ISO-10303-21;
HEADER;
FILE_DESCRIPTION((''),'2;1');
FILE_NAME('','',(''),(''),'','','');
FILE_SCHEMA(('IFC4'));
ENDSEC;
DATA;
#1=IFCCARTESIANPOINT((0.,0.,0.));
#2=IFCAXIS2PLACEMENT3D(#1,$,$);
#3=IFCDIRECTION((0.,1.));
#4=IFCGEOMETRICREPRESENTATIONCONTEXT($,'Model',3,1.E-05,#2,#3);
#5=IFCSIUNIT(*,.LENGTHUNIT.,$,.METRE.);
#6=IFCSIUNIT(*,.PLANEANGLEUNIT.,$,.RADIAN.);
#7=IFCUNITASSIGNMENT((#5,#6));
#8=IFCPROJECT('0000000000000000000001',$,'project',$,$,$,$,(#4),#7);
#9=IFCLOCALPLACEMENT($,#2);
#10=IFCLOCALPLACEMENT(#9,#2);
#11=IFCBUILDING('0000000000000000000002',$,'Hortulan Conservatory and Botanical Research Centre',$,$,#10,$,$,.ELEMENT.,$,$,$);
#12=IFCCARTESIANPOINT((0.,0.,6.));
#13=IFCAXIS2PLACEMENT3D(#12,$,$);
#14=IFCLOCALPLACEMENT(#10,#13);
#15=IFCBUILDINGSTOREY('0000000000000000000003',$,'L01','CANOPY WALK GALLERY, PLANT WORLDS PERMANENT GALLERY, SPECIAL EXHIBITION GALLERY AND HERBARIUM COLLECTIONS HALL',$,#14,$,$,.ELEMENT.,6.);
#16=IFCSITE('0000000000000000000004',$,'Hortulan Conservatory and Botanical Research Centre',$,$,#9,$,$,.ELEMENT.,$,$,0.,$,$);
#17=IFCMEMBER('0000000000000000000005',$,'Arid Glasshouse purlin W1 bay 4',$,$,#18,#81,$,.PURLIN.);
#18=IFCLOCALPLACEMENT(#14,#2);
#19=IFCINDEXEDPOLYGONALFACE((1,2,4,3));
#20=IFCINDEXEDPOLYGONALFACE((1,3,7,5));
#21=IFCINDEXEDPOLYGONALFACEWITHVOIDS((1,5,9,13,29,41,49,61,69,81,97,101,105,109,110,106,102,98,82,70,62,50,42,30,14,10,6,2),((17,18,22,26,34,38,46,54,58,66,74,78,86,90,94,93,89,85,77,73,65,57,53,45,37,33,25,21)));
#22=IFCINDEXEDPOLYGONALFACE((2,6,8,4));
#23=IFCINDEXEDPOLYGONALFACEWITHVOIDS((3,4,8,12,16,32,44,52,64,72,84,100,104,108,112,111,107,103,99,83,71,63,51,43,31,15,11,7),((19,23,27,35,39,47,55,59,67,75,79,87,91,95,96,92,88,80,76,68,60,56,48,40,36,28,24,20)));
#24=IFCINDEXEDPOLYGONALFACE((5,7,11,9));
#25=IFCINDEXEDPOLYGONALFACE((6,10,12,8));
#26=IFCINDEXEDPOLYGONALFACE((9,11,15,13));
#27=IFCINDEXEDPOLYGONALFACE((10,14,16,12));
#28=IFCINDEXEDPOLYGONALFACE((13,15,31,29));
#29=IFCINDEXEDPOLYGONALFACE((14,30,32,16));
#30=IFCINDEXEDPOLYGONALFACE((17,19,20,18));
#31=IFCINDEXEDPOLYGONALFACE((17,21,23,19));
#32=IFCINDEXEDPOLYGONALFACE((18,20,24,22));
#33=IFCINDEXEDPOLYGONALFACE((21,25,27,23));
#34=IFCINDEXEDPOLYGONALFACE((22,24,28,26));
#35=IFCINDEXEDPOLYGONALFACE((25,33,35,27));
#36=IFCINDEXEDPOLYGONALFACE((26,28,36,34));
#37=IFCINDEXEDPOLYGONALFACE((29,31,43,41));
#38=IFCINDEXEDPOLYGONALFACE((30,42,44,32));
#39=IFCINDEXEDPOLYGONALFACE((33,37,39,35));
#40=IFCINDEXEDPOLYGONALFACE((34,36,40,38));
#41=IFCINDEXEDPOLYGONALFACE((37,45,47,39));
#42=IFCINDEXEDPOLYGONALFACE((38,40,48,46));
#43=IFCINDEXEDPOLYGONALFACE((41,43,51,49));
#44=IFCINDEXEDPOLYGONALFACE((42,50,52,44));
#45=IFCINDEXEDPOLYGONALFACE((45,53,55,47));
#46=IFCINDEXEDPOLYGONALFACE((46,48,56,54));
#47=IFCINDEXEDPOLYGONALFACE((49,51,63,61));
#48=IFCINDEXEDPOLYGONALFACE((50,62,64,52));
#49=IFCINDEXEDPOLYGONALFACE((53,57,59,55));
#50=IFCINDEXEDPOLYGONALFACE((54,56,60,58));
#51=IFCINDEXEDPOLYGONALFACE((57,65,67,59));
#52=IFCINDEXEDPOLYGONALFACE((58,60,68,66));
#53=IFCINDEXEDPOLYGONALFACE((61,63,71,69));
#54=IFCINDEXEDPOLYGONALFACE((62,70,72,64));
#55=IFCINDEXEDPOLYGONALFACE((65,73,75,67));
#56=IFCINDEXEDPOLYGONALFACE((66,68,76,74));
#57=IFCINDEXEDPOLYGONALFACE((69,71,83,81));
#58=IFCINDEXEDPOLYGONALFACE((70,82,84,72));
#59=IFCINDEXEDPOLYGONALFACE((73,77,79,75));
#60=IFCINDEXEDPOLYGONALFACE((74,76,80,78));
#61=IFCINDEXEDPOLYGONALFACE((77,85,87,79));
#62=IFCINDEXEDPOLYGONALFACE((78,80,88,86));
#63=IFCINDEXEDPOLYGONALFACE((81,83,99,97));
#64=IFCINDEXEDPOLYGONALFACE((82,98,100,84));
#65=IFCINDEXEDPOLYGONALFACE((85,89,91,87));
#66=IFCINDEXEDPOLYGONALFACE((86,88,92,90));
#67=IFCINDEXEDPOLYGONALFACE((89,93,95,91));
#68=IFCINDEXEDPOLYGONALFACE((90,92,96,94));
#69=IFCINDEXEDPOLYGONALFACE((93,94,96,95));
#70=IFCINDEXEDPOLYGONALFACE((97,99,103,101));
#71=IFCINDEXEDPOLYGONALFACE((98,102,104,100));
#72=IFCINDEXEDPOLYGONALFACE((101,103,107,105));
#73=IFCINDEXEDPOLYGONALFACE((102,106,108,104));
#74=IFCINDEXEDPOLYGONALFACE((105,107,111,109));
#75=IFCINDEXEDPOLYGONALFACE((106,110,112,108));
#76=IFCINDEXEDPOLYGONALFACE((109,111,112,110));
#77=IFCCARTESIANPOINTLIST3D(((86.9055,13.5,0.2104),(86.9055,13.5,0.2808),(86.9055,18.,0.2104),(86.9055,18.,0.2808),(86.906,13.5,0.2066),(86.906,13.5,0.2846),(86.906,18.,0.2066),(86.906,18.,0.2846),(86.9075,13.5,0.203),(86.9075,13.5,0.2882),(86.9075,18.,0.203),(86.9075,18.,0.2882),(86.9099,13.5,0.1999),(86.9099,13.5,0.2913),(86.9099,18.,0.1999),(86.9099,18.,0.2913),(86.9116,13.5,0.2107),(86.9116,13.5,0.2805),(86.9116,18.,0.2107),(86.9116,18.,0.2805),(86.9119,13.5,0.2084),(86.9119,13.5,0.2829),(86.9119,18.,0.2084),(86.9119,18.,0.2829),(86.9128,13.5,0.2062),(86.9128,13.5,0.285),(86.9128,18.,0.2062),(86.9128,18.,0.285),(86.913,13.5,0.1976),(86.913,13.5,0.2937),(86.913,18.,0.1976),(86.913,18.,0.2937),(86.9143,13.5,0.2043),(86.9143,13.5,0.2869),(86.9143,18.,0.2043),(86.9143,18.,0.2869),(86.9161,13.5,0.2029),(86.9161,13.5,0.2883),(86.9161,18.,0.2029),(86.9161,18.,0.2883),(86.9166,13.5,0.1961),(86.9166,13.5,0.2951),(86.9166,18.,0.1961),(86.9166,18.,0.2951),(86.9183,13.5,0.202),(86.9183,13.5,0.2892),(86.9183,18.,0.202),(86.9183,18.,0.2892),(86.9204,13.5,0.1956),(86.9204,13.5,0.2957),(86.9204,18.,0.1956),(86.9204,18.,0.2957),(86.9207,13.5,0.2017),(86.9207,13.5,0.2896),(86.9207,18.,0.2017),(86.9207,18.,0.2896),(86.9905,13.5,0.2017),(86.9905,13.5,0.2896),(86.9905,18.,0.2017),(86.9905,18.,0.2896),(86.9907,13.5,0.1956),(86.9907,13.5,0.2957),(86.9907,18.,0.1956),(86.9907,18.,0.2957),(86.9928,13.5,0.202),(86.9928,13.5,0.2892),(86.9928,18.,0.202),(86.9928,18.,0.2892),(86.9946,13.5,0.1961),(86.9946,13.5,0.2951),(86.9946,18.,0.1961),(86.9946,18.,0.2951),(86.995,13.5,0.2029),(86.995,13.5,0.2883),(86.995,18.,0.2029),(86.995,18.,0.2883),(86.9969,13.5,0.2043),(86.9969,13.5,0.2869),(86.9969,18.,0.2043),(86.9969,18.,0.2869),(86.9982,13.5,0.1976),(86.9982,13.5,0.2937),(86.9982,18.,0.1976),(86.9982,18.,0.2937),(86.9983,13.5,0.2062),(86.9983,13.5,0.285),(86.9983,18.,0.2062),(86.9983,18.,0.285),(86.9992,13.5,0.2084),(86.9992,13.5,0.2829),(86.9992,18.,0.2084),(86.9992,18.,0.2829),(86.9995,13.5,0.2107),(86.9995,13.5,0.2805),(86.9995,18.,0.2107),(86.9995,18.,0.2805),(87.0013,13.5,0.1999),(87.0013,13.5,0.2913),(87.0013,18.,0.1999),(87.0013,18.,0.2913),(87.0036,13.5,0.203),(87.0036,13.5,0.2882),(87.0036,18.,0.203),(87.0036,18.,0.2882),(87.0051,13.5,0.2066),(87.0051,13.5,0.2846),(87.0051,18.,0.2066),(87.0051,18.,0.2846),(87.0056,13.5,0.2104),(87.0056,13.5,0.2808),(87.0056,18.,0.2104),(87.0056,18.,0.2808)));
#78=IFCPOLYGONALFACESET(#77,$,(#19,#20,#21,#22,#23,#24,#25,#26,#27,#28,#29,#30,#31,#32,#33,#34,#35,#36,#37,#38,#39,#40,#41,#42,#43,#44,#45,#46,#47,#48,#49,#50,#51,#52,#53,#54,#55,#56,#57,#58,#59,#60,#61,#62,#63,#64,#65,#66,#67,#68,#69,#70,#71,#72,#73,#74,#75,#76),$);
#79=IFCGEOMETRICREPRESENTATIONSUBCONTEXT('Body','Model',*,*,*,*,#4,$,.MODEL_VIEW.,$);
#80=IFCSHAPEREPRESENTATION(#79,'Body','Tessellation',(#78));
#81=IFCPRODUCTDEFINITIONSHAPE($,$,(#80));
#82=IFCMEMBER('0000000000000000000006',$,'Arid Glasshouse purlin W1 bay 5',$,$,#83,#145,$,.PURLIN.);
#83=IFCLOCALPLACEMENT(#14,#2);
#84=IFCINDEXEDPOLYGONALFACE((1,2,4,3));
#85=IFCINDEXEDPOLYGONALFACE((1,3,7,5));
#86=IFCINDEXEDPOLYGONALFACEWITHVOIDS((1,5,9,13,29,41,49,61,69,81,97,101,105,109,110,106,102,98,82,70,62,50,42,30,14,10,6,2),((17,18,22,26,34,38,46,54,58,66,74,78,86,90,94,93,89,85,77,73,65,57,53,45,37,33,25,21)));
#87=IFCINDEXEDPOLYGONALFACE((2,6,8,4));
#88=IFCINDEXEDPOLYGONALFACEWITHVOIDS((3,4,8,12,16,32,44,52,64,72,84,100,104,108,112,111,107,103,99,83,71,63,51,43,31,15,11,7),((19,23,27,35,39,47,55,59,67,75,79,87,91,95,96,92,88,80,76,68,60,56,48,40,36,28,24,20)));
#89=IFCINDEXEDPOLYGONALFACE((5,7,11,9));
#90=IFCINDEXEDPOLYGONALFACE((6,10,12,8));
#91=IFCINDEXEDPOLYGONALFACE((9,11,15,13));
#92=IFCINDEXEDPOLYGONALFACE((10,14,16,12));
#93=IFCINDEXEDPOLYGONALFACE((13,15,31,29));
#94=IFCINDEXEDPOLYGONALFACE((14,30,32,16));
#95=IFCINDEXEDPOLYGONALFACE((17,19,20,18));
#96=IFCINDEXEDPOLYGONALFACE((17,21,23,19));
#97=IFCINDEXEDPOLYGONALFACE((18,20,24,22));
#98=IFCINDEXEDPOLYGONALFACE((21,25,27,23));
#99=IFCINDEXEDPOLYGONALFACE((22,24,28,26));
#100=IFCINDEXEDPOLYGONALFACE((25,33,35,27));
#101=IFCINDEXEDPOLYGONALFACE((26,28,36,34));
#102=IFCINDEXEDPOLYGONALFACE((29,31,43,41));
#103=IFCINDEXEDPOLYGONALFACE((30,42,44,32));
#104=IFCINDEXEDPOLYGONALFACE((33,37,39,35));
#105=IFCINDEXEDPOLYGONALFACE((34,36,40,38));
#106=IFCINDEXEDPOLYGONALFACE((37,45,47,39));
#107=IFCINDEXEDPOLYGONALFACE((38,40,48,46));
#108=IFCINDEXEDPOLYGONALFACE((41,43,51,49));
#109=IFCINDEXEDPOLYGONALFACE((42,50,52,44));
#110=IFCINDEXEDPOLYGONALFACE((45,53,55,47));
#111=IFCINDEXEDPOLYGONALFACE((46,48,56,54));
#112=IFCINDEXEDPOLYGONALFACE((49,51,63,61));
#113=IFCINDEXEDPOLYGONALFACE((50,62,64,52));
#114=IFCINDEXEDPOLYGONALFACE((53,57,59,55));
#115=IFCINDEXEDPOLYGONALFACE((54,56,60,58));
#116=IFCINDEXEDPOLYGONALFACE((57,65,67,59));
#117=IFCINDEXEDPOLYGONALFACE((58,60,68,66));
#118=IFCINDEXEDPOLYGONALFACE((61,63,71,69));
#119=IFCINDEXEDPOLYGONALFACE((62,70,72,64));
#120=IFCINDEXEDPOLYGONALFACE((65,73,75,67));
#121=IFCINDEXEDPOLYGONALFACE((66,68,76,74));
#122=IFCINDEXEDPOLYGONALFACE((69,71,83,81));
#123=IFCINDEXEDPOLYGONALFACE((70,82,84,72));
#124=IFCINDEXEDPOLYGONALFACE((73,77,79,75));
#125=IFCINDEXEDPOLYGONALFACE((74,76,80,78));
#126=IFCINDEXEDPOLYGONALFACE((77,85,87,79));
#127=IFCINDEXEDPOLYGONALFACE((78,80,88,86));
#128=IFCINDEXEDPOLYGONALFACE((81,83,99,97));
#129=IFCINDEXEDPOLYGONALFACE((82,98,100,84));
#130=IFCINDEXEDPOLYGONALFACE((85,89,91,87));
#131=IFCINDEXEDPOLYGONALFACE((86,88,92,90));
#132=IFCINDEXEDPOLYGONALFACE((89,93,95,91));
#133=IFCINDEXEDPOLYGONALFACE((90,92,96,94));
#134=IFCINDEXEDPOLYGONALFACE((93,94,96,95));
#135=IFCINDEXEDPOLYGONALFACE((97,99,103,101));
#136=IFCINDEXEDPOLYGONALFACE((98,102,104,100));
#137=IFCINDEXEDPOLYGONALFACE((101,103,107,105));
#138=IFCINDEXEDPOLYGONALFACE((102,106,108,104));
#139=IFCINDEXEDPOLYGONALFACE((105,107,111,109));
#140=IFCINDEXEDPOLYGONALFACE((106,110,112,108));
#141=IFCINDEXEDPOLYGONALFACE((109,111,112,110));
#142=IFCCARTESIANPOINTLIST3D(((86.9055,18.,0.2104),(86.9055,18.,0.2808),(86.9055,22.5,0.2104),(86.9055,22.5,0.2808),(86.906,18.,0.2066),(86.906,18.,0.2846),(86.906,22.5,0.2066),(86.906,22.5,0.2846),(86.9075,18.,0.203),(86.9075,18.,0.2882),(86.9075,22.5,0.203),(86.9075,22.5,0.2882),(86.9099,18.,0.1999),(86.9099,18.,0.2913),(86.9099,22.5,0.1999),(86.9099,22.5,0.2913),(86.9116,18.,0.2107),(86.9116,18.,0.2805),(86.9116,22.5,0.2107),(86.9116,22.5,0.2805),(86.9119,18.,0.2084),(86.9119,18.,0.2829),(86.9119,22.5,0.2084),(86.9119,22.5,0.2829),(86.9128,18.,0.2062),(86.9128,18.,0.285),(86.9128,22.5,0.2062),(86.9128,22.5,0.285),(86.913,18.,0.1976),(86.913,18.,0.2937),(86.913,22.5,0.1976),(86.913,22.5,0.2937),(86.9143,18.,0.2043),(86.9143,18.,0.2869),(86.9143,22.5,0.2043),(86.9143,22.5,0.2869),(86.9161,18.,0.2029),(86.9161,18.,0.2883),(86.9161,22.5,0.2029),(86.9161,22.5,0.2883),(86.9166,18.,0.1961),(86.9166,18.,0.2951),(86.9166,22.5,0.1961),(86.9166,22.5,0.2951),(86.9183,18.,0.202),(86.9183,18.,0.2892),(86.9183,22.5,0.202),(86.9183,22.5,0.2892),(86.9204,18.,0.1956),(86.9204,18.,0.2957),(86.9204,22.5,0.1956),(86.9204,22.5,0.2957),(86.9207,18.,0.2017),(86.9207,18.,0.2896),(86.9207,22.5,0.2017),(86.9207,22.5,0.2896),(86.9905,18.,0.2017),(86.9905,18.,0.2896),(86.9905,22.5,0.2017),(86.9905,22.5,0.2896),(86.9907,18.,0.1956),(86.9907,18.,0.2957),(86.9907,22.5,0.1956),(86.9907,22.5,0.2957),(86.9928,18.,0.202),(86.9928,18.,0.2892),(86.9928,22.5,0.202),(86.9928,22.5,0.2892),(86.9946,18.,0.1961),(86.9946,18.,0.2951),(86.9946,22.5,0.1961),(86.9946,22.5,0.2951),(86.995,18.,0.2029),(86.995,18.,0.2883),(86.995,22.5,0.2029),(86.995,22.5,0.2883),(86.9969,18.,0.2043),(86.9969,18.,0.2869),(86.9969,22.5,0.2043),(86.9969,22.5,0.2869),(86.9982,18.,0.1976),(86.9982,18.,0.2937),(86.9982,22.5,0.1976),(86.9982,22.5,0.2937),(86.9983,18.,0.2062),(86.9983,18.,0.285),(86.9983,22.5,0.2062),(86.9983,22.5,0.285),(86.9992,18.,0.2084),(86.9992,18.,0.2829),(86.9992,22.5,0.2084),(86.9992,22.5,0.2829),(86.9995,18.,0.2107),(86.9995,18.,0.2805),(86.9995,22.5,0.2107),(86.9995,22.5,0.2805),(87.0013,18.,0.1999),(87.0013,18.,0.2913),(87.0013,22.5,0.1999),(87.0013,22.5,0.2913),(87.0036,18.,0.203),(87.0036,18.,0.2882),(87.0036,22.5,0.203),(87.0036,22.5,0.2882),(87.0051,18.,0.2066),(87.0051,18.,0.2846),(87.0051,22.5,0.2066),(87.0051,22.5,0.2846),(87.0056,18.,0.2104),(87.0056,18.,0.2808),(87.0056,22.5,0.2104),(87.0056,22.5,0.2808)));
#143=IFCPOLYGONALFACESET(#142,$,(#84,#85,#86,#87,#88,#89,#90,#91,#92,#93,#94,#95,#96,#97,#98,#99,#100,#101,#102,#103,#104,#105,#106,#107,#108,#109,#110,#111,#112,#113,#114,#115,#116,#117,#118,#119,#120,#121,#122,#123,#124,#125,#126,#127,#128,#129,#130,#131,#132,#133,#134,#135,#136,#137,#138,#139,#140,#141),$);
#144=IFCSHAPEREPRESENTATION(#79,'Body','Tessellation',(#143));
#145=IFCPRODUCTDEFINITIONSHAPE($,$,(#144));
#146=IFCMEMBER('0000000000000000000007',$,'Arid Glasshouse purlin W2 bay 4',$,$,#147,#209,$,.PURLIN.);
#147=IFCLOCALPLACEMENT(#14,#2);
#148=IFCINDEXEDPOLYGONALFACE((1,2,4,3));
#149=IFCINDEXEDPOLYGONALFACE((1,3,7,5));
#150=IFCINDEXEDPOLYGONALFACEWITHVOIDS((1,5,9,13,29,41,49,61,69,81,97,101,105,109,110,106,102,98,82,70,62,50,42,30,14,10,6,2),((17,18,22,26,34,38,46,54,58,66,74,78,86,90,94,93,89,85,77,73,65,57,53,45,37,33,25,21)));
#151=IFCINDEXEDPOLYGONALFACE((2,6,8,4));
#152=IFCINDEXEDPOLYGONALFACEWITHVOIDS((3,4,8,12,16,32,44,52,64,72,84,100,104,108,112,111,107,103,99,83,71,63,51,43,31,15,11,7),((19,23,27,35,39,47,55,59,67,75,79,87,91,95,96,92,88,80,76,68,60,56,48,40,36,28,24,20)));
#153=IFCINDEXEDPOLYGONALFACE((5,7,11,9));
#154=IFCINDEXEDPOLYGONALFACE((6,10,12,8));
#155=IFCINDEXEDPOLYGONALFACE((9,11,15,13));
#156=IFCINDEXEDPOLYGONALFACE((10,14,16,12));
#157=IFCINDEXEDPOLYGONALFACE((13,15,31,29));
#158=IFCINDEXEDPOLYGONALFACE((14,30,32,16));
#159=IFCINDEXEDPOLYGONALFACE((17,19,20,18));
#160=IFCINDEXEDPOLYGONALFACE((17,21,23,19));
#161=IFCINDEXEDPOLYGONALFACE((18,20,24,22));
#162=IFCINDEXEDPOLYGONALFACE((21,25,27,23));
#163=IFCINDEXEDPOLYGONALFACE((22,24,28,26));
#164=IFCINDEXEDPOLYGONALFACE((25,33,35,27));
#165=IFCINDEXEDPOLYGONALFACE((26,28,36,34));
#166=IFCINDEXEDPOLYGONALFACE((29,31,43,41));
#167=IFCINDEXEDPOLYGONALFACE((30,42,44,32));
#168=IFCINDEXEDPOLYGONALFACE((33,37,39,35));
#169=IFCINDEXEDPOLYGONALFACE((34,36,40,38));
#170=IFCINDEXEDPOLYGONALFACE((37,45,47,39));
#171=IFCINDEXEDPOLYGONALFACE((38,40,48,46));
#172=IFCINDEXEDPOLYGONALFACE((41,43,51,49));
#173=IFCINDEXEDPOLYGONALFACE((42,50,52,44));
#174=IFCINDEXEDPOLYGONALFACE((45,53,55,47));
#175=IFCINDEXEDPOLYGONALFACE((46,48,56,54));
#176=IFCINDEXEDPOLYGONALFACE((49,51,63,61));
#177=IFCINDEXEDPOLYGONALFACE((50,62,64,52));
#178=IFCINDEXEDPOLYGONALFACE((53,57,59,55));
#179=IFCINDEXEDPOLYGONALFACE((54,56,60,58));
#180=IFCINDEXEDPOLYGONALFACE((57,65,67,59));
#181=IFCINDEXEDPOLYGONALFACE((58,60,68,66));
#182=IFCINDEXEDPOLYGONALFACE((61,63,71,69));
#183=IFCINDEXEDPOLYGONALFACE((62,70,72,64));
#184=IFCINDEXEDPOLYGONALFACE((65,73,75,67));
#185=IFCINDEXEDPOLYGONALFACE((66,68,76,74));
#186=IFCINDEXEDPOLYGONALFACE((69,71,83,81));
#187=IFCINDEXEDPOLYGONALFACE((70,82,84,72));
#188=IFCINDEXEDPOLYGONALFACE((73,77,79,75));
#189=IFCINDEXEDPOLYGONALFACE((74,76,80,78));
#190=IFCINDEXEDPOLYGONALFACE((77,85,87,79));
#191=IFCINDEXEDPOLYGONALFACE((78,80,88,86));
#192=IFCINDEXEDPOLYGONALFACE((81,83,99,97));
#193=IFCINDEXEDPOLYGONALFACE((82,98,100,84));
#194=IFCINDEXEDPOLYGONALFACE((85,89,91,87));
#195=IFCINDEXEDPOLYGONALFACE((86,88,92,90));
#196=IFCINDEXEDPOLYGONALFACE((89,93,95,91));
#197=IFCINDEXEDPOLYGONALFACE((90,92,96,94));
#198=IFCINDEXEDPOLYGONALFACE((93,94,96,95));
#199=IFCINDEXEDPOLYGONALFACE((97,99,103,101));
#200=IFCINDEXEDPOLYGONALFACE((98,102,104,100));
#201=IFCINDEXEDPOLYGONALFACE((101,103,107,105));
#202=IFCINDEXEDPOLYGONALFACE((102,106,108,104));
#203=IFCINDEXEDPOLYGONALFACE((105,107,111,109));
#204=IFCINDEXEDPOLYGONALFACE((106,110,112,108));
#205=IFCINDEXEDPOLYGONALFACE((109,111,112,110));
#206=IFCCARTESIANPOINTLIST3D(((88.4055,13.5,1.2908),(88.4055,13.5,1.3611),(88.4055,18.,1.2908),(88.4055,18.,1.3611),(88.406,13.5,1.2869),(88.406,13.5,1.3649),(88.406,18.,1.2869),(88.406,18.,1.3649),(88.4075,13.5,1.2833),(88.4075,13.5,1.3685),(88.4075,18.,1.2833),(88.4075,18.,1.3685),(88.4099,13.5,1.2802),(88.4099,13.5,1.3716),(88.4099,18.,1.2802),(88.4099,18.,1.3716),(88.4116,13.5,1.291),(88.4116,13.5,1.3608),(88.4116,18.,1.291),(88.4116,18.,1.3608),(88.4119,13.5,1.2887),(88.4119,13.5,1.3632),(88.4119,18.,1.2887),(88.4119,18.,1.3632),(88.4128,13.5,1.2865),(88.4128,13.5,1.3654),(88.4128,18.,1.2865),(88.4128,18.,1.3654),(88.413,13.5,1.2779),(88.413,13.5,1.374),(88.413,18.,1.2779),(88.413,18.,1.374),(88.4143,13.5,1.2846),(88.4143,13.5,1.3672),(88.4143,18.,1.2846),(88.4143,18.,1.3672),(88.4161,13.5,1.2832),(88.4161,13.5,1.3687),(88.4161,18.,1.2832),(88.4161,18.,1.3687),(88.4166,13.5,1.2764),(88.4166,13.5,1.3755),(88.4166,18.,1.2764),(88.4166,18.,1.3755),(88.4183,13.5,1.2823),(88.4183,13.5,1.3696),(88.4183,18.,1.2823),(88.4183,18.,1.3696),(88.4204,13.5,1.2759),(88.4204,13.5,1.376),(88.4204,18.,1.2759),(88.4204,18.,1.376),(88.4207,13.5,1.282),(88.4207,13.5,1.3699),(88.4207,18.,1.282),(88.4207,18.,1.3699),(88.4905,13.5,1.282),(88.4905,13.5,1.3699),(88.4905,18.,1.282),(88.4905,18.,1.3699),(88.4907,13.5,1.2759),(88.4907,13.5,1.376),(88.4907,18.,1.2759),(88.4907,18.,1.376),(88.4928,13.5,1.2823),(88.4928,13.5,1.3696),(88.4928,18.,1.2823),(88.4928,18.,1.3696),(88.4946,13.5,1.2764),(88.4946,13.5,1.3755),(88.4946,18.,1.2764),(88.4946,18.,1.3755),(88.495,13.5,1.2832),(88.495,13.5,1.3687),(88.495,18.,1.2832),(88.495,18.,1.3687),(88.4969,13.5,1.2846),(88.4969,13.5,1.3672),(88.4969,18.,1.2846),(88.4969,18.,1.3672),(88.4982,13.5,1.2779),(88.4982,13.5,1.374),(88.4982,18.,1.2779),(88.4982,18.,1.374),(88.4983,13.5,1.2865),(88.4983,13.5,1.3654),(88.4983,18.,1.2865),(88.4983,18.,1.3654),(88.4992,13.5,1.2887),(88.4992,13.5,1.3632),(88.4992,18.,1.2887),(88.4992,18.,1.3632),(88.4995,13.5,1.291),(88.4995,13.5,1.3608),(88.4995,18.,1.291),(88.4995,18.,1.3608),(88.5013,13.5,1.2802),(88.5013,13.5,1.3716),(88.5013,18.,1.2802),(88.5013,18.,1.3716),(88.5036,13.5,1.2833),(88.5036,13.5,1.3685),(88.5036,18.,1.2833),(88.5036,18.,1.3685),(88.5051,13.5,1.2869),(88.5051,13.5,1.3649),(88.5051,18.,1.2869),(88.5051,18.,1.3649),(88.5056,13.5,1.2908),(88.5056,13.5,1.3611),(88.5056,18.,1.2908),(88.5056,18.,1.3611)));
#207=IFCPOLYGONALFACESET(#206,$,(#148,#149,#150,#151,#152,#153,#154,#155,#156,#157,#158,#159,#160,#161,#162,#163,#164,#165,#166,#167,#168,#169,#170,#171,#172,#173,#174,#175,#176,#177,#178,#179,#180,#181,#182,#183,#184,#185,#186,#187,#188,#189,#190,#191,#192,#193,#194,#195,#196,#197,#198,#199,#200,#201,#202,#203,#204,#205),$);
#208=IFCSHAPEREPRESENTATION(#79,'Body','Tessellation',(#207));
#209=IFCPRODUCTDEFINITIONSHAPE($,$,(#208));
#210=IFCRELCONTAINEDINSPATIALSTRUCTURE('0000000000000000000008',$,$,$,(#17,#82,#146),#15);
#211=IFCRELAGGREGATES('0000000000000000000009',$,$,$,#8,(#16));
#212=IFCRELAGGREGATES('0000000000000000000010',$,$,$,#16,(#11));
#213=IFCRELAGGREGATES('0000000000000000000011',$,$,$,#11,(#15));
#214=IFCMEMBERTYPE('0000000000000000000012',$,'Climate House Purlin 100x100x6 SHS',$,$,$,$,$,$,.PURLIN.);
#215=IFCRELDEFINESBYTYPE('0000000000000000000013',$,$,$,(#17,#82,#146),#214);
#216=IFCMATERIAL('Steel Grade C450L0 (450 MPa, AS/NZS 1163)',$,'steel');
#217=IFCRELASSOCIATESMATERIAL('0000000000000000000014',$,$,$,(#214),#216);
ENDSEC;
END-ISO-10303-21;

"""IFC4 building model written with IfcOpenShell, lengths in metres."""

from ifc_helpers import new_model, si_unit, direction, frame, origin, origin_2d, place, context, subcontext, project, spatial, hollow_rectangle, extrude, material, material_profile, profile_set, type_object, element, save


model = new_model("IFC4")

# Units and contexts
model_context = context("Model", 3, precision=1e-05, world=origin(), true_north=direction((0.0, 1.0)))
body_context = subcontext(model_context, "Body", "Model", "MODEL_VIEW")
ifc_project = project(units=[si_unit("LENGTHUNIT", "METRE"), si_unit("PLANEANGLEUNIT", "RADIAN")], contexts=[model_context])

# Site, building, storey
site_placement = place(None, origin())
site = spatial("IfcSite", under=ifc_project, at=site_placement, Name="Hortulan Conservatory and Botanical Research Centre", CompositionType="ELEMENT", RefElevation=0.0)
building_placement = place(site_placement, origin())
building = spatial("IfcBuilding", under=site, at=building_placement, Name="Hortulan Conservatory and Botanical Research Centre", CompositionType="ELEMENT")
storey_placement = place(building_placement, frame((0.0, 0.0, 6.0)))
storey = spatial("IfcBuildingStorey", under=building, at=storey_placement, Name="L01", Description="CANOPY WALK GALLERY, PLANT WORLDS PERMANENT GALLERY, SPECIAL EXHIBITION GALLERY AND HERBARIUM COLLECTIONS HALL", CompositionType="ELEMENT", Elevation=6.0)

# Members
ifc_material_1 = material(Name="Steel Grade C450L0 (450 MPa, AS/NZS 1163)", Category="steel")
ifc_material_profile_1 = material_profile(ifc_material_1, hollow_rectangle(XDim=0.1001, YDim=0.1001, WallThickness=0.0061, InnerFilletRadius=0.009, OuterFilletRadius=0.0149, at=origin_2d()), Name="100x100x6SHS")
ifc_profile_set_1 = profile_set([ifc_material_profile_1], Name="Steel Grade C450L0 (450 MPa, AS/NZS 1163)")
member_type_1 = type_object("IfcMemberType", Name="Climate House Purlin 100x100x6 SHS", PredefinedType="PURLIN", material=ifc_profile_set_1)
for number, where, z_axis, x_axis, name in (
    (1, (86.9556, 13.5, 0.2456), (0.0, 1.0, 0.0), (-1.0, 0.0, 0.0), "Arid Glasshouse purlin W1 bay 4"),
    (2, (86.9556, 18.0, 0.2456), (0.0, 1.0, 0.0), (-1.0, 0.0, 0.0), "Arid Glasshouse purlin W1 bay 5"),
    (3, (88.4556, 13.5, 1.3259), (0.0, 1.0, 0.0), (-1.0, 0.0, 0.0), "Arid Glasshouse purlin W2 bay 4"),
):
    element("IfcMember", number, at=place(storey_placement, frame(where, z_axis=z_axis, x_axis=x_axis)), inside=storey, type_object=member_type_1, Name=name, PredefinedType="PURLIN", context=body_context, shape_type="SweptSolid", body=[
        extrude(hollow_rectangle(XDim=0.1001, YDim=0.1001, WallThickness=0.0061, InnerFilletRadius=0.009, OuterFilletRadius=0.0149, at=origin_2d()), origin(), (0.0, 0.0, 1.0), 4.5),
    ])

save(model, "model.ifc")
